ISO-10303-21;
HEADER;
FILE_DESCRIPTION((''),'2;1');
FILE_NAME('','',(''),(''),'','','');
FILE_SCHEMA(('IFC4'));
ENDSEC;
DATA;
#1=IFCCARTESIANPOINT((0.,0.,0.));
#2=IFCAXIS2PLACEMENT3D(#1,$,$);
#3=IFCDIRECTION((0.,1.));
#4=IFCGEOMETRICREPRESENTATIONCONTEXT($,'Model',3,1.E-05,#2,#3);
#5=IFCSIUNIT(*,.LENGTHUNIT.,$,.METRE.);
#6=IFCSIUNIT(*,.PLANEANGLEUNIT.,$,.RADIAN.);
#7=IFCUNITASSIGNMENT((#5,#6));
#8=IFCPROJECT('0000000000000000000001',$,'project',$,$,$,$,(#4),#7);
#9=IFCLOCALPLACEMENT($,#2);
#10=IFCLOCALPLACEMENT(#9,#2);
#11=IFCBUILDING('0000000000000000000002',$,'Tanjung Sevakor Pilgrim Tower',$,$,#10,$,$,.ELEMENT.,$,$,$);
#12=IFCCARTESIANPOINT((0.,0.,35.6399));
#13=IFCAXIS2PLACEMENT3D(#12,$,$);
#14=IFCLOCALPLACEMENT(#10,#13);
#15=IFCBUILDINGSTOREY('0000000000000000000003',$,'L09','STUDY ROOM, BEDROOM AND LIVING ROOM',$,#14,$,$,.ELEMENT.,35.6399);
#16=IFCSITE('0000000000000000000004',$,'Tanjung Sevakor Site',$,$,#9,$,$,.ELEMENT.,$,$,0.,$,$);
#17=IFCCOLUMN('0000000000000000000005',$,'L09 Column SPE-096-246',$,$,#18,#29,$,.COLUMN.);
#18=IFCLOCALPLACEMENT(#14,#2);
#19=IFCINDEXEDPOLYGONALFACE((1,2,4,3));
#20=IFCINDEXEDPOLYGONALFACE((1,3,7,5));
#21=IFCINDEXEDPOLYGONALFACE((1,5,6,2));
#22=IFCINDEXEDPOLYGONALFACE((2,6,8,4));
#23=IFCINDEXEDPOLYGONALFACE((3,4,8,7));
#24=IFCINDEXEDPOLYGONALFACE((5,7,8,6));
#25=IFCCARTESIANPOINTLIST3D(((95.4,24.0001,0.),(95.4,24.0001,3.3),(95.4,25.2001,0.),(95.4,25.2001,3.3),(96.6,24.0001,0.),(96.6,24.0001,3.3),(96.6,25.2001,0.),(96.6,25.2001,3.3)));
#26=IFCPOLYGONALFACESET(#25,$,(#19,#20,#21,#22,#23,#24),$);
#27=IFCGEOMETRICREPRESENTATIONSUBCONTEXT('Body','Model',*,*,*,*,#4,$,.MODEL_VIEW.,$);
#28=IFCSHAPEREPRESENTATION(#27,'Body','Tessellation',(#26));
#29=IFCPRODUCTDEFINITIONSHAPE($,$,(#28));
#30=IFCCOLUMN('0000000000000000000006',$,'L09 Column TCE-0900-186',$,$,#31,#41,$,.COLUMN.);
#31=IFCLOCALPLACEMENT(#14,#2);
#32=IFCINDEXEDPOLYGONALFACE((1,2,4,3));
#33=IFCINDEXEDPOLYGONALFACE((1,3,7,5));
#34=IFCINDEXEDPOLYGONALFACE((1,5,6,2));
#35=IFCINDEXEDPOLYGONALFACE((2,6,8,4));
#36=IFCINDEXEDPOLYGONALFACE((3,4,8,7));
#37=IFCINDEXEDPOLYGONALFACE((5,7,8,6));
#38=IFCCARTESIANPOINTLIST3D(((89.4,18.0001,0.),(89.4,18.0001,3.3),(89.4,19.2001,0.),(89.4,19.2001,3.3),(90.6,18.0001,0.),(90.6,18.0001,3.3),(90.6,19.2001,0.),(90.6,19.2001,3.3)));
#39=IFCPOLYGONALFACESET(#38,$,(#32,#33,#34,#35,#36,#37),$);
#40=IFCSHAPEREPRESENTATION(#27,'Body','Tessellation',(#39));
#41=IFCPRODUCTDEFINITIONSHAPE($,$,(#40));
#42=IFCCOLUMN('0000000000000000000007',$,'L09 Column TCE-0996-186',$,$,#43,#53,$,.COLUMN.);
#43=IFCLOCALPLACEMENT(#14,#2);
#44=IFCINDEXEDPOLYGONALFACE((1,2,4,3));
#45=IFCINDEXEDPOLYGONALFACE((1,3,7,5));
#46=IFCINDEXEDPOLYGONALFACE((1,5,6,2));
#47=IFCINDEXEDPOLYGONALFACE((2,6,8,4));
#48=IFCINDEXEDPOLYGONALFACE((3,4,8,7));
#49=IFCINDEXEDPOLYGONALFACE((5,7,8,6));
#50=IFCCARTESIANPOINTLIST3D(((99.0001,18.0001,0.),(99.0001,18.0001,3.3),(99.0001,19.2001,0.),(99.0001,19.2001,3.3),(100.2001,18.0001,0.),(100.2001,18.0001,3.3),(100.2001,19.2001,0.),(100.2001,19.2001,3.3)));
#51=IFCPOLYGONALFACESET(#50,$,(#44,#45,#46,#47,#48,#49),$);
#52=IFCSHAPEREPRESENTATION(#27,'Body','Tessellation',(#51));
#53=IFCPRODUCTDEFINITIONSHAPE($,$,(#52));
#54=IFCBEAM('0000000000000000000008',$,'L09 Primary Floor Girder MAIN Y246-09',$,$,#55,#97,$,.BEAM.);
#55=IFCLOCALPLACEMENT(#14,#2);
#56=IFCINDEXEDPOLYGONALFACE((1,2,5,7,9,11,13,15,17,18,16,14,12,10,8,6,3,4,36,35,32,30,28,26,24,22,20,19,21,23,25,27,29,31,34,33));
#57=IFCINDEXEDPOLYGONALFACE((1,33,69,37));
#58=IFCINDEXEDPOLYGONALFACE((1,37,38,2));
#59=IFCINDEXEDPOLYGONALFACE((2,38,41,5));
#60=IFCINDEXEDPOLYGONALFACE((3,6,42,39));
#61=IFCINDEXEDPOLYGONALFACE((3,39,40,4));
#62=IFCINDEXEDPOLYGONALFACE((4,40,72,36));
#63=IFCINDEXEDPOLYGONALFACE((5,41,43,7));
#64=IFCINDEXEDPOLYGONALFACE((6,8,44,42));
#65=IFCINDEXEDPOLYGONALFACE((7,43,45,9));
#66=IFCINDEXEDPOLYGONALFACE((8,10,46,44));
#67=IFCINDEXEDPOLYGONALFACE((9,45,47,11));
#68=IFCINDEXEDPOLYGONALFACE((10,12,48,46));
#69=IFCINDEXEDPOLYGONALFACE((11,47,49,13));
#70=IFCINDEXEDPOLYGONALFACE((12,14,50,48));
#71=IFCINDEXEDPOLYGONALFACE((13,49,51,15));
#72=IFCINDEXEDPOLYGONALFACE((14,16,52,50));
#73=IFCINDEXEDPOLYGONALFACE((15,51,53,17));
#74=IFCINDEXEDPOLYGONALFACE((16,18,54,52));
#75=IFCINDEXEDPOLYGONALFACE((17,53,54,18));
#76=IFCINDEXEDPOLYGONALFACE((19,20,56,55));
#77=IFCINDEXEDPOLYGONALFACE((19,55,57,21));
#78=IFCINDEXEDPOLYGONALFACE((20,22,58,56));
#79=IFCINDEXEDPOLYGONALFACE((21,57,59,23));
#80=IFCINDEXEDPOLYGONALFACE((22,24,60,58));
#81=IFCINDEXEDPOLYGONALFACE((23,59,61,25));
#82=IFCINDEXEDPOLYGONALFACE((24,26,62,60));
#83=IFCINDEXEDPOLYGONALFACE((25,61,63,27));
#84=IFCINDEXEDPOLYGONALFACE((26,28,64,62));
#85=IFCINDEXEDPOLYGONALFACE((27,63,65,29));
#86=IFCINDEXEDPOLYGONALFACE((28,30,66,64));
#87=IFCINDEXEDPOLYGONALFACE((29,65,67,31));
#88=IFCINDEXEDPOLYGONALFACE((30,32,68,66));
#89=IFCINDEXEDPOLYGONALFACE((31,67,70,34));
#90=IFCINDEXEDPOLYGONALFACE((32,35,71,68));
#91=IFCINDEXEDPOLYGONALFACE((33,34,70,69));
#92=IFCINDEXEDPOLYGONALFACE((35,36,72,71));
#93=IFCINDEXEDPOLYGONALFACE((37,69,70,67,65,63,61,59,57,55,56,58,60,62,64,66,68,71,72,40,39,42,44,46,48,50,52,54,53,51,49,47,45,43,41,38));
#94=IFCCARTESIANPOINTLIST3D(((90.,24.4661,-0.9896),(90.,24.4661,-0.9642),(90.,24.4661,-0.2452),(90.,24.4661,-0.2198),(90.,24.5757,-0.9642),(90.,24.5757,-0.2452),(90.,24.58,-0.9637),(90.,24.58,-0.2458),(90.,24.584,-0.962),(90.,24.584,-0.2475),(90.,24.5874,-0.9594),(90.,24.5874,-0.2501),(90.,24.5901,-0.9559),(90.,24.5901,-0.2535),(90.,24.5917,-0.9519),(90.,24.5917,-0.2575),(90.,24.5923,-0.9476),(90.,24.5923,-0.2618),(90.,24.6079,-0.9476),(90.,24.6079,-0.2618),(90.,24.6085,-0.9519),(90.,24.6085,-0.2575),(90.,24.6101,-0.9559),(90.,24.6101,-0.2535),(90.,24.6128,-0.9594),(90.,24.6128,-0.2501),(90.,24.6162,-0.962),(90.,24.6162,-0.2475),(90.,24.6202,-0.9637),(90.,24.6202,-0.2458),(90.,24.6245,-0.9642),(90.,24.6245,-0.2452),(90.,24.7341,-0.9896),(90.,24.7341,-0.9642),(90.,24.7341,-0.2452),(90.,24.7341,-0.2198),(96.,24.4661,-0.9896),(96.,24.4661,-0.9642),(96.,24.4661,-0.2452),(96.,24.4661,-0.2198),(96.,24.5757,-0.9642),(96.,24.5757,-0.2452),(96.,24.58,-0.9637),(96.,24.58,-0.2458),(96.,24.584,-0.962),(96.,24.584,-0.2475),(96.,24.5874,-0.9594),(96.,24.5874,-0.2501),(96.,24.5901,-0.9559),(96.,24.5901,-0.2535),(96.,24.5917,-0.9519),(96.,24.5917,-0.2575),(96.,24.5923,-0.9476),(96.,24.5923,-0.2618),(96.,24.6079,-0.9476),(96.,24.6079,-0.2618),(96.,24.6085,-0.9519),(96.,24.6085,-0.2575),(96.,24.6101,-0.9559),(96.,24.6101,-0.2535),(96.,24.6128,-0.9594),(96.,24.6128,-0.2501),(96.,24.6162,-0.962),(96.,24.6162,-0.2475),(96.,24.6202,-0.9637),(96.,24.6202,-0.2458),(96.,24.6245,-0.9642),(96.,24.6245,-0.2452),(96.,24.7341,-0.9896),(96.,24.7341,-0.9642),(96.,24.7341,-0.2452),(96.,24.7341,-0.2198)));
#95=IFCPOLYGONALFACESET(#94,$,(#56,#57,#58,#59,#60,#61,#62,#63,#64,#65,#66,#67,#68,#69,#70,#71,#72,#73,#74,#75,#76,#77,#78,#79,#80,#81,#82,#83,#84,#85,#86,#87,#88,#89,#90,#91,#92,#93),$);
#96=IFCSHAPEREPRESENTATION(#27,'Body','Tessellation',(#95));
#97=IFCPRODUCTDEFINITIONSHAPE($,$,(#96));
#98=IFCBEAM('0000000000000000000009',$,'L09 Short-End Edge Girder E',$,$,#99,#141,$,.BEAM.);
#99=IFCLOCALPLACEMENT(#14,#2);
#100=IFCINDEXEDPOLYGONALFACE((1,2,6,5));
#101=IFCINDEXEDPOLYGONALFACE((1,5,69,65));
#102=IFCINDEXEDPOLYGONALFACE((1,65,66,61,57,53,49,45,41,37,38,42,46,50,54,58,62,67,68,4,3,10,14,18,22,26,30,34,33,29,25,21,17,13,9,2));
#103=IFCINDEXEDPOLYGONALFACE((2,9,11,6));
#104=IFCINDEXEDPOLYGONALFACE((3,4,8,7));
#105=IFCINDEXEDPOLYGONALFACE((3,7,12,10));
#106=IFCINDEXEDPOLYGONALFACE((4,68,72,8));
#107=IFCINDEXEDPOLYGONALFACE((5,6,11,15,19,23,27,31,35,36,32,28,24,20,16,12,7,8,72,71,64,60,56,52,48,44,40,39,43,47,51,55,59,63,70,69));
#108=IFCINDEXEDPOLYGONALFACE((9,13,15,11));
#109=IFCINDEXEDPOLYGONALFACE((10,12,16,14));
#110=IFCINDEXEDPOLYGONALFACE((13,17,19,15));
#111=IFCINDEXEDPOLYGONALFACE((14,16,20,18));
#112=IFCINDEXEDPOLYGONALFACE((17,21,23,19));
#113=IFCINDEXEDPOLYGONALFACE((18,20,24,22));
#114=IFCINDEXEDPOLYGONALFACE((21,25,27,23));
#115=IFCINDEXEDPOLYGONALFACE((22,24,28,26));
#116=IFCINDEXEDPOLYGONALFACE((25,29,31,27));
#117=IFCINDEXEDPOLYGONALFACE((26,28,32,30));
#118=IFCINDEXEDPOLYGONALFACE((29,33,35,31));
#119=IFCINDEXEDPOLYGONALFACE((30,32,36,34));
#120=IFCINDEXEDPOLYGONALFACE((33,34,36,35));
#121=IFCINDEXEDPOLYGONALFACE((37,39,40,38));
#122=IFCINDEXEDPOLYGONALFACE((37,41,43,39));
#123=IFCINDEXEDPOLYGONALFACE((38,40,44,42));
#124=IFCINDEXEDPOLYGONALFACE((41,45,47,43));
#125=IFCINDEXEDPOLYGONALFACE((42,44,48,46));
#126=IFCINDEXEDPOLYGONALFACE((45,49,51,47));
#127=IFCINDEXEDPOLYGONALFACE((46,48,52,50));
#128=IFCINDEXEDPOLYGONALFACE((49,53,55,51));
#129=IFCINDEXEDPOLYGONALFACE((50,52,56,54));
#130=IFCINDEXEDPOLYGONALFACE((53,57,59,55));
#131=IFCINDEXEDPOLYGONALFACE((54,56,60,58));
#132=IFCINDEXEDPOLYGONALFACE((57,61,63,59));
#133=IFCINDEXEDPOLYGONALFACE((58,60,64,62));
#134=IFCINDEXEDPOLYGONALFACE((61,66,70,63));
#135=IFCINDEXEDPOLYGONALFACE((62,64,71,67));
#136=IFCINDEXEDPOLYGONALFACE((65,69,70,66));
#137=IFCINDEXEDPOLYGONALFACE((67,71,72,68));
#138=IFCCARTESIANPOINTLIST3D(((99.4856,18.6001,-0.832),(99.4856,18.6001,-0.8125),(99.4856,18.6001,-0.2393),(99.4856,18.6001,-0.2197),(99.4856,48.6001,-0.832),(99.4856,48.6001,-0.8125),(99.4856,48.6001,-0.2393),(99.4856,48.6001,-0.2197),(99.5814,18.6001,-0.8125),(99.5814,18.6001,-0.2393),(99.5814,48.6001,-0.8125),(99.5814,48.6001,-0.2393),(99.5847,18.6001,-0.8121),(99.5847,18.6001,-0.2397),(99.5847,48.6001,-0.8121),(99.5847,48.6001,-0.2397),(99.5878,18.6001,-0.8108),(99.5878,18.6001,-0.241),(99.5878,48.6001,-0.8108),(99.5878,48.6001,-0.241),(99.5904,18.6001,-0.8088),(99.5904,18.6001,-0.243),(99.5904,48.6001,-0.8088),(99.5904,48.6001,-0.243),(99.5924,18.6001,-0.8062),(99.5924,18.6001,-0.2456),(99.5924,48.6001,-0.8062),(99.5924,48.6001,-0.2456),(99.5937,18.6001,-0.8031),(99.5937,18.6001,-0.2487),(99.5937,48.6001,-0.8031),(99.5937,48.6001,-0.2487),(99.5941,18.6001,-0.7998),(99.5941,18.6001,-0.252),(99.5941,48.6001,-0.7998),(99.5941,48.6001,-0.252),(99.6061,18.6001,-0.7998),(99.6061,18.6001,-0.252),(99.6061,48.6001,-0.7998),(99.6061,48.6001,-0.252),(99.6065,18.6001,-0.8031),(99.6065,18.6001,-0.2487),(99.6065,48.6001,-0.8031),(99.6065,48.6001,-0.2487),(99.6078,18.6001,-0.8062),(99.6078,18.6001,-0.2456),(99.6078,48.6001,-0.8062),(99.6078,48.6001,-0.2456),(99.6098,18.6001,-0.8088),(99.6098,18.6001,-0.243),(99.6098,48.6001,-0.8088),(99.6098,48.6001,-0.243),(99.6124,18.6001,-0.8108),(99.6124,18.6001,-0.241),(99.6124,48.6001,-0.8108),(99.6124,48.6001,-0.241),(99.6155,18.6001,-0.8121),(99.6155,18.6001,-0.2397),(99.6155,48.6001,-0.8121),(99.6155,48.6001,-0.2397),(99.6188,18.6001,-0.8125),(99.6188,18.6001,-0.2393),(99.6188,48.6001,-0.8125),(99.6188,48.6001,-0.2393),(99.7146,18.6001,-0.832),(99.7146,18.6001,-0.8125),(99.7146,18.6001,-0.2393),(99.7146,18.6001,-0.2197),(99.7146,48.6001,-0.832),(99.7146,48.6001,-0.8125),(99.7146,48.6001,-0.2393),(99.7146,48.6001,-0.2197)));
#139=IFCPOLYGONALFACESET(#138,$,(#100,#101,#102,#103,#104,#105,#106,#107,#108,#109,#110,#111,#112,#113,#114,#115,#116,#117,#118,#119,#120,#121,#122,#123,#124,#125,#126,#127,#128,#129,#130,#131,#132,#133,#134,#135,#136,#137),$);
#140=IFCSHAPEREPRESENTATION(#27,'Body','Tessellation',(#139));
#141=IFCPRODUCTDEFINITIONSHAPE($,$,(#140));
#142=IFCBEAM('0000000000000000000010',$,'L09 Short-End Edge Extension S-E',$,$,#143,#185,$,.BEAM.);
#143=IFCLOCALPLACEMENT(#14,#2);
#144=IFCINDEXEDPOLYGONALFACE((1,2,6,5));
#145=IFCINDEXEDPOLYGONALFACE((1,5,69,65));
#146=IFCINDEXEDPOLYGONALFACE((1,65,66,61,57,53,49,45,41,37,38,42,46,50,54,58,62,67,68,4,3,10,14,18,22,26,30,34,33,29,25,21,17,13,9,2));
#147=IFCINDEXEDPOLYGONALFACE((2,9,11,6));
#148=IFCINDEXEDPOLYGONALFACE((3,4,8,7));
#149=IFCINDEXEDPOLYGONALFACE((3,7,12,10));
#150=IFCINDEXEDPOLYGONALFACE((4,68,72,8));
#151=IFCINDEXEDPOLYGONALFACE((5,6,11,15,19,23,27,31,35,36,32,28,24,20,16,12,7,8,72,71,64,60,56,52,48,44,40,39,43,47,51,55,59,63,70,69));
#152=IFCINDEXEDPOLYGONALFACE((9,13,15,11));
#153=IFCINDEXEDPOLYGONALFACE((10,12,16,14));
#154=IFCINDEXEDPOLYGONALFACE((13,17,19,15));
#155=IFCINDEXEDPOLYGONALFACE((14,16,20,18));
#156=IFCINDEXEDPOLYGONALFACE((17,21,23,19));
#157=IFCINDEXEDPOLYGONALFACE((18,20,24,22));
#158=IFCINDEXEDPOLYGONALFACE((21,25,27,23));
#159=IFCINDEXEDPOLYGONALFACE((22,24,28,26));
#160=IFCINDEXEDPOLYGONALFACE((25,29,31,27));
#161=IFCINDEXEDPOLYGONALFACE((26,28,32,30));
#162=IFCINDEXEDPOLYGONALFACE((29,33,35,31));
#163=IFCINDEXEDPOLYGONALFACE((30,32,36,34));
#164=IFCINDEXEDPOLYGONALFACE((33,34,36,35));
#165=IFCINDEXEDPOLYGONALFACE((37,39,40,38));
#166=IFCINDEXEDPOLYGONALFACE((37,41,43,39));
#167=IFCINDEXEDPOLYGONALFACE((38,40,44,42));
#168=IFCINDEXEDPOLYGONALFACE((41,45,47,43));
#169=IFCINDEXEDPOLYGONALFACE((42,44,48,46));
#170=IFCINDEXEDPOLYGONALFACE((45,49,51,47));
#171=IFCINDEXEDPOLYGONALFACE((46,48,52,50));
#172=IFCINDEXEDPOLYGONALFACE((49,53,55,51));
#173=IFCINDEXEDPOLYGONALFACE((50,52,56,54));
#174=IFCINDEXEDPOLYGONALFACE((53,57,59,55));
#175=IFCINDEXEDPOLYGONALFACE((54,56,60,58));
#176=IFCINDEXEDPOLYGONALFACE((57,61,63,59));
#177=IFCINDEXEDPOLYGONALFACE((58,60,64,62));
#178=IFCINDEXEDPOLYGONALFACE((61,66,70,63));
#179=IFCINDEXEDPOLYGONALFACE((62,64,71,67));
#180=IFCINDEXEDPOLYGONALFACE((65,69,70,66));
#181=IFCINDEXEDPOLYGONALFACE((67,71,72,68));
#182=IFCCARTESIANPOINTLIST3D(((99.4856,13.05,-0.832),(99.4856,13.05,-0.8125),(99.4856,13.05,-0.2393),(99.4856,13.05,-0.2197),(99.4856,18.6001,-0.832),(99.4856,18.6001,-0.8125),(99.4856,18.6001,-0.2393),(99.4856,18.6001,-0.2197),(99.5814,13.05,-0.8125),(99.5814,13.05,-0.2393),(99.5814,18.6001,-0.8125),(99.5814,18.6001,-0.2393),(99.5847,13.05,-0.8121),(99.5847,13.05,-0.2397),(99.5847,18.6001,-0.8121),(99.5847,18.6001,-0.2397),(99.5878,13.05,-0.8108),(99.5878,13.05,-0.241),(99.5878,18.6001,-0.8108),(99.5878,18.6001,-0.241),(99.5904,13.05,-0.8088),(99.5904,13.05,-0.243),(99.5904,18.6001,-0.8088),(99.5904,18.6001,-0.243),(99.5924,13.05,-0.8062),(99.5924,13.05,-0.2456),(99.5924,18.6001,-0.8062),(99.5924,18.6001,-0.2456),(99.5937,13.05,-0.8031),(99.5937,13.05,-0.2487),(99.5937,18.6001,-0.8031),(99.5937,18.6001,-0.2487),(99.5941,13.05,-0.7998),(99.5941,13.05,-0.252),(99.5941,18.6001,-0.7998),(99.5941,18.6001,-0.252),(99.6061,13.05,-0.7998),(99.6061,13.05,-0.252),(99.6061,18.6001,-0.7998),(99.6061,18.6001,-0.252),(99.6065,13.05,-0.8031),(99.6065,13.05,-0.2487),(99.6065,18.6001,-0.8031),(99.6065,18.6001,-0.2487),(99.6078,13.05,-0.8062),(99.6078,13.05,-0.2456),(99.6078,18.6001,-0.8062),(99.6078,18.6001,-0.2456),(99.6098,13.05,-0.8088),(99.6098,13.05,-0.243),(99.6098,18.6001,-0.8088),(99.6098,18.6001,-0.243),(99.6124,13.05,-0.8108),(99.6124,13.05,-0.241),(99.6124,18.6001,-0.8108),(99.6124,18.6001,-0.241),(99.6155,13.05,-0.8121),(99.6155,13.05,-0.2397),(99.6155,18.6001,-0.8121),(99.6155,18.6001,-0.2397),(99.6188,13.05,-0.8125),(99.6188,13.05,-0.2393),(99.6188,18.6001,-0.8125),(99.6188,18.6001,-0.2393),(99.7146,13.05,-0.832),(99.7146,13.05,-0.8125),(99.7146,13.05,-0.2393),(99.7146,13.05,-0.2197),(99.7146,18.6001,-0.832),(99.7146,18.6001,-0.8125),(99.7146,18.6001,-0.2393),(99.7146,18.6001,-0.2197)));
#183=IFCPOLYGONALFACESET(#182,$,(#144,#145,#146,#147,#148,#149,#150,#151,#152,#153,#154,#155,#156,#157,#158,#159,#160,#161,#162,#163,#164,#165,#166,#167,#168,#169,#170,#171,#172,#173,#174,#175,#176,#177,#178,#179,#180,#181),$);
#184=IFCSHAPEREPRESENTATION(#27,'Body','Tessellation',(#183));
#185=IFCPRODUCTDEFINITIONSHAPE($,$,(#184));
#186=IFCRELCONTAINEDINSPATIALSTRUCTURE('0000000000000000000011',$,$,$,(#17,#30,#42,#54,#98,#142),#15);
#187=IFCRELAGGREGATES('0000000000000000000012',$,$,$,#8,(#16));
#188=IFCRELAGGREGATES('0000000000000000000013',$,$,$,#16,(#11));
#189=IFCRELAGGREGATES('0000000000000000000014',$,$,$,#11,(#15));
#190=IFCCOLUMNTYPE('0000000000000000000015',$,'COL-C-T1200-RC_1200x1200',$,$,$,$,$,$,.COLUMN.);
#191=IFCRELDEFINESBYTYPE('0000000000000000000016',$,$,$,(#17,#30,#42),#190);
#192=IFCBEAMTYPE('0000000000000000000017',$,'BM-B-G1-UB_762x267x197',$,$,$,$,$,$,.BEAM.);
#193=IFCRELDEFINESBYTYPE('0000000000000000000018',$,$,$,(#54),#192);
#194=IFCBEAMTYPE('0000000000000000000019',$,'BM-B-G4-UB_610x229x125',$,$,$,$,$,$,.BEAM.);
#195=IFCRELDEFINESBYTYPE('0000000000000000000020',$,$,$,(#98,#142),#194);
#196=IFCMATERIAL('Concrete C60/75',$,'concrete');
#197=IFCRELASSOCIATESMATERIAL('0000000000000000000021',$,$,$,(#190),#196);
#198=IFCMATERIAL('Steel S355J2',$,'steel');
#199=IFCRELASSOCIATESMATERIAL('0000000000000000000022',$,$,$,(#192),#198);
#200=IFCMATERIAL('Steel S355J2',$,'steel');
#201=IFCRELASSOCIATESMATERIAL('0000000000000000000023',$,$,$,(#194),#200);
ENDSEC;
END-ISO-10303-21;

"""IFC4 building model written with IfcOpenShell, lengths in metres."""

from ifc_helpers import new_model, si_unit, direction, frame, origin, origin_2d, place, context, subcontext, project, spatial, rectangle, i_section, extrude, material, material_profile, profile_set, type_object, element, save


model = new_model("IFC4")

# Units and contexts
model_context = context("Model", 3, precision=1e-05, world=origin(), true_north=direction((0.0, 1.0)))
body_context = subcontext(model_context, "Body", "Model", "MODEL_VIEW")
ifc_project = project(units=[si_unit("LENGTHUNIT", "METRE"), si_unit("PLANEANGLEUNIT", "RADIAN")], contexts=[model_context])

# Site, building, storey
site_placement = place(None, origin())
site = spatial("IfcSite", under=ifc_project, at=site_placement, Name="Tanjung Sevakor Site", CompositionType="ELEMENT", RefElevation=0.0)
building_placement = place(site_placement, origin())
building = spatial("IfcBuilding", under=site, at=building_placement, Name="Tanjung Sevakor Pilgrim Tower", CompositionType="ELEMENT")
storey_placement = place(building_placement, frame((0.0, 0.0, 35.6399)))
storey = spatial("IfcBuildingStorey", under=building, at=storey_placement, Name="L09", Description="STUDY ROOM, BEDROOM AND LIVING ROOM", CompositionType="ELEMENT", Elevation=35.6399)

# Columns
ifc_material_1 = material(Name="Concrete C60/75", Category="concrete")
ifc_material_profile_1 = material_profile(ifc_material_1, rectangle(XDim=1.2, YDim=1.2, at=origin_2d()))
ifc_profile_set_1 = profile_set([ifc_material_profile_1], Name="Concrete C60/75")
column_type = type_object("IfcColumnType", Name="COL-C-T1200-RC_1200x1200", PredefinedType="COLUMN", material=ifc_profile_set_1)
for number, where, z_axis, x_axis, name in (
    (1, (96.0, 24.6001, 0.0), (0.0, 0.0, 1.0), (1.0, 0.0, 0.0), "L09 Column SPE-096-246"),
    (2, (90.0, 18.6001, 0.0), (0.0, 0.0, 1.0), (1.0, 0.0, 0.0), "L09 Column TCE-0900-186"),
    (3, (99.6001, 18.6001, 0.0), (0.0, 0.0, 1.0), (1.0, 0.0, 0.0), "L09 Column TCE-0996-186"),
):
    element("IfcColumn", number, at=place(storey_placement, frame(where, z_axis=z_axis, x_axis=x_axis)), inside=storey, type_object=column_type, Name=name, PredefinedType="COLUMN", context=body_context, shape_type="SweptSolid", body=[
        extrude(rectangle(XDim=1.2, YDim=1.2, at=origin_2d()), origin(), (0.0, 0.0, 1.0), 3.3),
    ])

# Beams
ifc_material_2 = material(Name="Steel S355J2", Category="steel")
ifc_material_profile_2 = material_profile(ifc_material_2, i_section(OverallWidth=0.2681, OverallDepth=0.7698, WebThickness=0.0156, FlangeThickness=0.0254, FilletRadius=0.0166, at=origin_2d()))
ifc_profile_set_2 = profile_set([ifc_material_profile_2], Name="Steel S355J2")
beam_type_1 = type_object("IfcBeamType", Name="BM-B-G1-UB_762x267x197", PredefinedType="BEAM", material=ifc_profile_set_2)
beam_1_placement = place(storey_placement, frame((90.0, 24.6001, -0.6047), z_axis=(1.0, 0.0, 0.0), x_axis=(0.0, 1.0, 0.0)))
element("IfcBeam", 4, at=beam_1_placement, inside=storey, type_object=beam_type_1, Name="L09 Primary Floor Girder MAIN Y246-09", PredefinedType="BEAM", context=body_context, shape_type="SweptSolid", body=[
    extrude(i_section(OverallWidth=0.2681, OverallDepth=0.7698, WebThickness=0.0156, FlangeThickness=0.0254, FilletRadius=0.0166, at=origin_2d()), origin(), (0.0, 0.0, 1.0), 6.0),
])
ifc_material_3 = material(Name="Steel S355J2", Category="steel")
ifc_material_profile_3 = material_profile(ifc_material_3, i_section(OverallWidth=0.229, OverallDepth=0.6123, WebThickness=0.012, FlangeThickness=0.0195, FilletRadius=0.0127, at=origin_2d()))
ifc_profile_set_3 = profile_set([ifc_material_profile_3], Name="Steel S355J2")
beam_type_2 = type_object("IfcBeamType", Name="BM-B-G4-UB_610x229x125", PredefinedType="BEAM", material=ifc_profile_set_3)
beam_2_placement = place(storey_placement, frame((99.6001, 18.6001, -0.5259), z_axis=(0.0, 1.0, 0.0), x_axis=(-1.0, 0.0, 0.0)))
element("IfcBeam", 5, at=beam_2_placement, inside=storey, type_object=beam_type_2, Name="L09 Short-End Edge Girder E", PredefinedType="BEAM", context=body_context, shape_type="SweptSolid", body=[
    extrude(i_section(OverallWidth=0.229, OverallDepth=0.6123, WebThickness=0.012, FlangeThickness=0.0195, FilletRadius=0.0127, at=origin_2d()), origin(), (0.0, 0.0, 1.0), 30.0),
])
beam_3_placement = place(storey_placement, frame((99.6001, 18.6001, -0.5259), z_axis=(0.0, -1.0, 0.0), x_axis=(1.0, 0.0, 0.0)))
element("IfcBeam", 6, at=beam_3_placement, inside=storey, type_object=beam_type_2, Name="L09 Short-End Edge Extension S-E", PredefinedType="BEAM", context=body_context, shape_type="SweptSolid", body=[
    extrude(i_section(OverallWidth=0.229, OverallDepth=0.6123, WebThickness=0.012, FlangeThickness=0.0195, FilletRadius=0.0127, at=origin_2d()), origin(), (0.0, 0.0, 1.0), 5.55),
])

save(model, "model.ifc")
